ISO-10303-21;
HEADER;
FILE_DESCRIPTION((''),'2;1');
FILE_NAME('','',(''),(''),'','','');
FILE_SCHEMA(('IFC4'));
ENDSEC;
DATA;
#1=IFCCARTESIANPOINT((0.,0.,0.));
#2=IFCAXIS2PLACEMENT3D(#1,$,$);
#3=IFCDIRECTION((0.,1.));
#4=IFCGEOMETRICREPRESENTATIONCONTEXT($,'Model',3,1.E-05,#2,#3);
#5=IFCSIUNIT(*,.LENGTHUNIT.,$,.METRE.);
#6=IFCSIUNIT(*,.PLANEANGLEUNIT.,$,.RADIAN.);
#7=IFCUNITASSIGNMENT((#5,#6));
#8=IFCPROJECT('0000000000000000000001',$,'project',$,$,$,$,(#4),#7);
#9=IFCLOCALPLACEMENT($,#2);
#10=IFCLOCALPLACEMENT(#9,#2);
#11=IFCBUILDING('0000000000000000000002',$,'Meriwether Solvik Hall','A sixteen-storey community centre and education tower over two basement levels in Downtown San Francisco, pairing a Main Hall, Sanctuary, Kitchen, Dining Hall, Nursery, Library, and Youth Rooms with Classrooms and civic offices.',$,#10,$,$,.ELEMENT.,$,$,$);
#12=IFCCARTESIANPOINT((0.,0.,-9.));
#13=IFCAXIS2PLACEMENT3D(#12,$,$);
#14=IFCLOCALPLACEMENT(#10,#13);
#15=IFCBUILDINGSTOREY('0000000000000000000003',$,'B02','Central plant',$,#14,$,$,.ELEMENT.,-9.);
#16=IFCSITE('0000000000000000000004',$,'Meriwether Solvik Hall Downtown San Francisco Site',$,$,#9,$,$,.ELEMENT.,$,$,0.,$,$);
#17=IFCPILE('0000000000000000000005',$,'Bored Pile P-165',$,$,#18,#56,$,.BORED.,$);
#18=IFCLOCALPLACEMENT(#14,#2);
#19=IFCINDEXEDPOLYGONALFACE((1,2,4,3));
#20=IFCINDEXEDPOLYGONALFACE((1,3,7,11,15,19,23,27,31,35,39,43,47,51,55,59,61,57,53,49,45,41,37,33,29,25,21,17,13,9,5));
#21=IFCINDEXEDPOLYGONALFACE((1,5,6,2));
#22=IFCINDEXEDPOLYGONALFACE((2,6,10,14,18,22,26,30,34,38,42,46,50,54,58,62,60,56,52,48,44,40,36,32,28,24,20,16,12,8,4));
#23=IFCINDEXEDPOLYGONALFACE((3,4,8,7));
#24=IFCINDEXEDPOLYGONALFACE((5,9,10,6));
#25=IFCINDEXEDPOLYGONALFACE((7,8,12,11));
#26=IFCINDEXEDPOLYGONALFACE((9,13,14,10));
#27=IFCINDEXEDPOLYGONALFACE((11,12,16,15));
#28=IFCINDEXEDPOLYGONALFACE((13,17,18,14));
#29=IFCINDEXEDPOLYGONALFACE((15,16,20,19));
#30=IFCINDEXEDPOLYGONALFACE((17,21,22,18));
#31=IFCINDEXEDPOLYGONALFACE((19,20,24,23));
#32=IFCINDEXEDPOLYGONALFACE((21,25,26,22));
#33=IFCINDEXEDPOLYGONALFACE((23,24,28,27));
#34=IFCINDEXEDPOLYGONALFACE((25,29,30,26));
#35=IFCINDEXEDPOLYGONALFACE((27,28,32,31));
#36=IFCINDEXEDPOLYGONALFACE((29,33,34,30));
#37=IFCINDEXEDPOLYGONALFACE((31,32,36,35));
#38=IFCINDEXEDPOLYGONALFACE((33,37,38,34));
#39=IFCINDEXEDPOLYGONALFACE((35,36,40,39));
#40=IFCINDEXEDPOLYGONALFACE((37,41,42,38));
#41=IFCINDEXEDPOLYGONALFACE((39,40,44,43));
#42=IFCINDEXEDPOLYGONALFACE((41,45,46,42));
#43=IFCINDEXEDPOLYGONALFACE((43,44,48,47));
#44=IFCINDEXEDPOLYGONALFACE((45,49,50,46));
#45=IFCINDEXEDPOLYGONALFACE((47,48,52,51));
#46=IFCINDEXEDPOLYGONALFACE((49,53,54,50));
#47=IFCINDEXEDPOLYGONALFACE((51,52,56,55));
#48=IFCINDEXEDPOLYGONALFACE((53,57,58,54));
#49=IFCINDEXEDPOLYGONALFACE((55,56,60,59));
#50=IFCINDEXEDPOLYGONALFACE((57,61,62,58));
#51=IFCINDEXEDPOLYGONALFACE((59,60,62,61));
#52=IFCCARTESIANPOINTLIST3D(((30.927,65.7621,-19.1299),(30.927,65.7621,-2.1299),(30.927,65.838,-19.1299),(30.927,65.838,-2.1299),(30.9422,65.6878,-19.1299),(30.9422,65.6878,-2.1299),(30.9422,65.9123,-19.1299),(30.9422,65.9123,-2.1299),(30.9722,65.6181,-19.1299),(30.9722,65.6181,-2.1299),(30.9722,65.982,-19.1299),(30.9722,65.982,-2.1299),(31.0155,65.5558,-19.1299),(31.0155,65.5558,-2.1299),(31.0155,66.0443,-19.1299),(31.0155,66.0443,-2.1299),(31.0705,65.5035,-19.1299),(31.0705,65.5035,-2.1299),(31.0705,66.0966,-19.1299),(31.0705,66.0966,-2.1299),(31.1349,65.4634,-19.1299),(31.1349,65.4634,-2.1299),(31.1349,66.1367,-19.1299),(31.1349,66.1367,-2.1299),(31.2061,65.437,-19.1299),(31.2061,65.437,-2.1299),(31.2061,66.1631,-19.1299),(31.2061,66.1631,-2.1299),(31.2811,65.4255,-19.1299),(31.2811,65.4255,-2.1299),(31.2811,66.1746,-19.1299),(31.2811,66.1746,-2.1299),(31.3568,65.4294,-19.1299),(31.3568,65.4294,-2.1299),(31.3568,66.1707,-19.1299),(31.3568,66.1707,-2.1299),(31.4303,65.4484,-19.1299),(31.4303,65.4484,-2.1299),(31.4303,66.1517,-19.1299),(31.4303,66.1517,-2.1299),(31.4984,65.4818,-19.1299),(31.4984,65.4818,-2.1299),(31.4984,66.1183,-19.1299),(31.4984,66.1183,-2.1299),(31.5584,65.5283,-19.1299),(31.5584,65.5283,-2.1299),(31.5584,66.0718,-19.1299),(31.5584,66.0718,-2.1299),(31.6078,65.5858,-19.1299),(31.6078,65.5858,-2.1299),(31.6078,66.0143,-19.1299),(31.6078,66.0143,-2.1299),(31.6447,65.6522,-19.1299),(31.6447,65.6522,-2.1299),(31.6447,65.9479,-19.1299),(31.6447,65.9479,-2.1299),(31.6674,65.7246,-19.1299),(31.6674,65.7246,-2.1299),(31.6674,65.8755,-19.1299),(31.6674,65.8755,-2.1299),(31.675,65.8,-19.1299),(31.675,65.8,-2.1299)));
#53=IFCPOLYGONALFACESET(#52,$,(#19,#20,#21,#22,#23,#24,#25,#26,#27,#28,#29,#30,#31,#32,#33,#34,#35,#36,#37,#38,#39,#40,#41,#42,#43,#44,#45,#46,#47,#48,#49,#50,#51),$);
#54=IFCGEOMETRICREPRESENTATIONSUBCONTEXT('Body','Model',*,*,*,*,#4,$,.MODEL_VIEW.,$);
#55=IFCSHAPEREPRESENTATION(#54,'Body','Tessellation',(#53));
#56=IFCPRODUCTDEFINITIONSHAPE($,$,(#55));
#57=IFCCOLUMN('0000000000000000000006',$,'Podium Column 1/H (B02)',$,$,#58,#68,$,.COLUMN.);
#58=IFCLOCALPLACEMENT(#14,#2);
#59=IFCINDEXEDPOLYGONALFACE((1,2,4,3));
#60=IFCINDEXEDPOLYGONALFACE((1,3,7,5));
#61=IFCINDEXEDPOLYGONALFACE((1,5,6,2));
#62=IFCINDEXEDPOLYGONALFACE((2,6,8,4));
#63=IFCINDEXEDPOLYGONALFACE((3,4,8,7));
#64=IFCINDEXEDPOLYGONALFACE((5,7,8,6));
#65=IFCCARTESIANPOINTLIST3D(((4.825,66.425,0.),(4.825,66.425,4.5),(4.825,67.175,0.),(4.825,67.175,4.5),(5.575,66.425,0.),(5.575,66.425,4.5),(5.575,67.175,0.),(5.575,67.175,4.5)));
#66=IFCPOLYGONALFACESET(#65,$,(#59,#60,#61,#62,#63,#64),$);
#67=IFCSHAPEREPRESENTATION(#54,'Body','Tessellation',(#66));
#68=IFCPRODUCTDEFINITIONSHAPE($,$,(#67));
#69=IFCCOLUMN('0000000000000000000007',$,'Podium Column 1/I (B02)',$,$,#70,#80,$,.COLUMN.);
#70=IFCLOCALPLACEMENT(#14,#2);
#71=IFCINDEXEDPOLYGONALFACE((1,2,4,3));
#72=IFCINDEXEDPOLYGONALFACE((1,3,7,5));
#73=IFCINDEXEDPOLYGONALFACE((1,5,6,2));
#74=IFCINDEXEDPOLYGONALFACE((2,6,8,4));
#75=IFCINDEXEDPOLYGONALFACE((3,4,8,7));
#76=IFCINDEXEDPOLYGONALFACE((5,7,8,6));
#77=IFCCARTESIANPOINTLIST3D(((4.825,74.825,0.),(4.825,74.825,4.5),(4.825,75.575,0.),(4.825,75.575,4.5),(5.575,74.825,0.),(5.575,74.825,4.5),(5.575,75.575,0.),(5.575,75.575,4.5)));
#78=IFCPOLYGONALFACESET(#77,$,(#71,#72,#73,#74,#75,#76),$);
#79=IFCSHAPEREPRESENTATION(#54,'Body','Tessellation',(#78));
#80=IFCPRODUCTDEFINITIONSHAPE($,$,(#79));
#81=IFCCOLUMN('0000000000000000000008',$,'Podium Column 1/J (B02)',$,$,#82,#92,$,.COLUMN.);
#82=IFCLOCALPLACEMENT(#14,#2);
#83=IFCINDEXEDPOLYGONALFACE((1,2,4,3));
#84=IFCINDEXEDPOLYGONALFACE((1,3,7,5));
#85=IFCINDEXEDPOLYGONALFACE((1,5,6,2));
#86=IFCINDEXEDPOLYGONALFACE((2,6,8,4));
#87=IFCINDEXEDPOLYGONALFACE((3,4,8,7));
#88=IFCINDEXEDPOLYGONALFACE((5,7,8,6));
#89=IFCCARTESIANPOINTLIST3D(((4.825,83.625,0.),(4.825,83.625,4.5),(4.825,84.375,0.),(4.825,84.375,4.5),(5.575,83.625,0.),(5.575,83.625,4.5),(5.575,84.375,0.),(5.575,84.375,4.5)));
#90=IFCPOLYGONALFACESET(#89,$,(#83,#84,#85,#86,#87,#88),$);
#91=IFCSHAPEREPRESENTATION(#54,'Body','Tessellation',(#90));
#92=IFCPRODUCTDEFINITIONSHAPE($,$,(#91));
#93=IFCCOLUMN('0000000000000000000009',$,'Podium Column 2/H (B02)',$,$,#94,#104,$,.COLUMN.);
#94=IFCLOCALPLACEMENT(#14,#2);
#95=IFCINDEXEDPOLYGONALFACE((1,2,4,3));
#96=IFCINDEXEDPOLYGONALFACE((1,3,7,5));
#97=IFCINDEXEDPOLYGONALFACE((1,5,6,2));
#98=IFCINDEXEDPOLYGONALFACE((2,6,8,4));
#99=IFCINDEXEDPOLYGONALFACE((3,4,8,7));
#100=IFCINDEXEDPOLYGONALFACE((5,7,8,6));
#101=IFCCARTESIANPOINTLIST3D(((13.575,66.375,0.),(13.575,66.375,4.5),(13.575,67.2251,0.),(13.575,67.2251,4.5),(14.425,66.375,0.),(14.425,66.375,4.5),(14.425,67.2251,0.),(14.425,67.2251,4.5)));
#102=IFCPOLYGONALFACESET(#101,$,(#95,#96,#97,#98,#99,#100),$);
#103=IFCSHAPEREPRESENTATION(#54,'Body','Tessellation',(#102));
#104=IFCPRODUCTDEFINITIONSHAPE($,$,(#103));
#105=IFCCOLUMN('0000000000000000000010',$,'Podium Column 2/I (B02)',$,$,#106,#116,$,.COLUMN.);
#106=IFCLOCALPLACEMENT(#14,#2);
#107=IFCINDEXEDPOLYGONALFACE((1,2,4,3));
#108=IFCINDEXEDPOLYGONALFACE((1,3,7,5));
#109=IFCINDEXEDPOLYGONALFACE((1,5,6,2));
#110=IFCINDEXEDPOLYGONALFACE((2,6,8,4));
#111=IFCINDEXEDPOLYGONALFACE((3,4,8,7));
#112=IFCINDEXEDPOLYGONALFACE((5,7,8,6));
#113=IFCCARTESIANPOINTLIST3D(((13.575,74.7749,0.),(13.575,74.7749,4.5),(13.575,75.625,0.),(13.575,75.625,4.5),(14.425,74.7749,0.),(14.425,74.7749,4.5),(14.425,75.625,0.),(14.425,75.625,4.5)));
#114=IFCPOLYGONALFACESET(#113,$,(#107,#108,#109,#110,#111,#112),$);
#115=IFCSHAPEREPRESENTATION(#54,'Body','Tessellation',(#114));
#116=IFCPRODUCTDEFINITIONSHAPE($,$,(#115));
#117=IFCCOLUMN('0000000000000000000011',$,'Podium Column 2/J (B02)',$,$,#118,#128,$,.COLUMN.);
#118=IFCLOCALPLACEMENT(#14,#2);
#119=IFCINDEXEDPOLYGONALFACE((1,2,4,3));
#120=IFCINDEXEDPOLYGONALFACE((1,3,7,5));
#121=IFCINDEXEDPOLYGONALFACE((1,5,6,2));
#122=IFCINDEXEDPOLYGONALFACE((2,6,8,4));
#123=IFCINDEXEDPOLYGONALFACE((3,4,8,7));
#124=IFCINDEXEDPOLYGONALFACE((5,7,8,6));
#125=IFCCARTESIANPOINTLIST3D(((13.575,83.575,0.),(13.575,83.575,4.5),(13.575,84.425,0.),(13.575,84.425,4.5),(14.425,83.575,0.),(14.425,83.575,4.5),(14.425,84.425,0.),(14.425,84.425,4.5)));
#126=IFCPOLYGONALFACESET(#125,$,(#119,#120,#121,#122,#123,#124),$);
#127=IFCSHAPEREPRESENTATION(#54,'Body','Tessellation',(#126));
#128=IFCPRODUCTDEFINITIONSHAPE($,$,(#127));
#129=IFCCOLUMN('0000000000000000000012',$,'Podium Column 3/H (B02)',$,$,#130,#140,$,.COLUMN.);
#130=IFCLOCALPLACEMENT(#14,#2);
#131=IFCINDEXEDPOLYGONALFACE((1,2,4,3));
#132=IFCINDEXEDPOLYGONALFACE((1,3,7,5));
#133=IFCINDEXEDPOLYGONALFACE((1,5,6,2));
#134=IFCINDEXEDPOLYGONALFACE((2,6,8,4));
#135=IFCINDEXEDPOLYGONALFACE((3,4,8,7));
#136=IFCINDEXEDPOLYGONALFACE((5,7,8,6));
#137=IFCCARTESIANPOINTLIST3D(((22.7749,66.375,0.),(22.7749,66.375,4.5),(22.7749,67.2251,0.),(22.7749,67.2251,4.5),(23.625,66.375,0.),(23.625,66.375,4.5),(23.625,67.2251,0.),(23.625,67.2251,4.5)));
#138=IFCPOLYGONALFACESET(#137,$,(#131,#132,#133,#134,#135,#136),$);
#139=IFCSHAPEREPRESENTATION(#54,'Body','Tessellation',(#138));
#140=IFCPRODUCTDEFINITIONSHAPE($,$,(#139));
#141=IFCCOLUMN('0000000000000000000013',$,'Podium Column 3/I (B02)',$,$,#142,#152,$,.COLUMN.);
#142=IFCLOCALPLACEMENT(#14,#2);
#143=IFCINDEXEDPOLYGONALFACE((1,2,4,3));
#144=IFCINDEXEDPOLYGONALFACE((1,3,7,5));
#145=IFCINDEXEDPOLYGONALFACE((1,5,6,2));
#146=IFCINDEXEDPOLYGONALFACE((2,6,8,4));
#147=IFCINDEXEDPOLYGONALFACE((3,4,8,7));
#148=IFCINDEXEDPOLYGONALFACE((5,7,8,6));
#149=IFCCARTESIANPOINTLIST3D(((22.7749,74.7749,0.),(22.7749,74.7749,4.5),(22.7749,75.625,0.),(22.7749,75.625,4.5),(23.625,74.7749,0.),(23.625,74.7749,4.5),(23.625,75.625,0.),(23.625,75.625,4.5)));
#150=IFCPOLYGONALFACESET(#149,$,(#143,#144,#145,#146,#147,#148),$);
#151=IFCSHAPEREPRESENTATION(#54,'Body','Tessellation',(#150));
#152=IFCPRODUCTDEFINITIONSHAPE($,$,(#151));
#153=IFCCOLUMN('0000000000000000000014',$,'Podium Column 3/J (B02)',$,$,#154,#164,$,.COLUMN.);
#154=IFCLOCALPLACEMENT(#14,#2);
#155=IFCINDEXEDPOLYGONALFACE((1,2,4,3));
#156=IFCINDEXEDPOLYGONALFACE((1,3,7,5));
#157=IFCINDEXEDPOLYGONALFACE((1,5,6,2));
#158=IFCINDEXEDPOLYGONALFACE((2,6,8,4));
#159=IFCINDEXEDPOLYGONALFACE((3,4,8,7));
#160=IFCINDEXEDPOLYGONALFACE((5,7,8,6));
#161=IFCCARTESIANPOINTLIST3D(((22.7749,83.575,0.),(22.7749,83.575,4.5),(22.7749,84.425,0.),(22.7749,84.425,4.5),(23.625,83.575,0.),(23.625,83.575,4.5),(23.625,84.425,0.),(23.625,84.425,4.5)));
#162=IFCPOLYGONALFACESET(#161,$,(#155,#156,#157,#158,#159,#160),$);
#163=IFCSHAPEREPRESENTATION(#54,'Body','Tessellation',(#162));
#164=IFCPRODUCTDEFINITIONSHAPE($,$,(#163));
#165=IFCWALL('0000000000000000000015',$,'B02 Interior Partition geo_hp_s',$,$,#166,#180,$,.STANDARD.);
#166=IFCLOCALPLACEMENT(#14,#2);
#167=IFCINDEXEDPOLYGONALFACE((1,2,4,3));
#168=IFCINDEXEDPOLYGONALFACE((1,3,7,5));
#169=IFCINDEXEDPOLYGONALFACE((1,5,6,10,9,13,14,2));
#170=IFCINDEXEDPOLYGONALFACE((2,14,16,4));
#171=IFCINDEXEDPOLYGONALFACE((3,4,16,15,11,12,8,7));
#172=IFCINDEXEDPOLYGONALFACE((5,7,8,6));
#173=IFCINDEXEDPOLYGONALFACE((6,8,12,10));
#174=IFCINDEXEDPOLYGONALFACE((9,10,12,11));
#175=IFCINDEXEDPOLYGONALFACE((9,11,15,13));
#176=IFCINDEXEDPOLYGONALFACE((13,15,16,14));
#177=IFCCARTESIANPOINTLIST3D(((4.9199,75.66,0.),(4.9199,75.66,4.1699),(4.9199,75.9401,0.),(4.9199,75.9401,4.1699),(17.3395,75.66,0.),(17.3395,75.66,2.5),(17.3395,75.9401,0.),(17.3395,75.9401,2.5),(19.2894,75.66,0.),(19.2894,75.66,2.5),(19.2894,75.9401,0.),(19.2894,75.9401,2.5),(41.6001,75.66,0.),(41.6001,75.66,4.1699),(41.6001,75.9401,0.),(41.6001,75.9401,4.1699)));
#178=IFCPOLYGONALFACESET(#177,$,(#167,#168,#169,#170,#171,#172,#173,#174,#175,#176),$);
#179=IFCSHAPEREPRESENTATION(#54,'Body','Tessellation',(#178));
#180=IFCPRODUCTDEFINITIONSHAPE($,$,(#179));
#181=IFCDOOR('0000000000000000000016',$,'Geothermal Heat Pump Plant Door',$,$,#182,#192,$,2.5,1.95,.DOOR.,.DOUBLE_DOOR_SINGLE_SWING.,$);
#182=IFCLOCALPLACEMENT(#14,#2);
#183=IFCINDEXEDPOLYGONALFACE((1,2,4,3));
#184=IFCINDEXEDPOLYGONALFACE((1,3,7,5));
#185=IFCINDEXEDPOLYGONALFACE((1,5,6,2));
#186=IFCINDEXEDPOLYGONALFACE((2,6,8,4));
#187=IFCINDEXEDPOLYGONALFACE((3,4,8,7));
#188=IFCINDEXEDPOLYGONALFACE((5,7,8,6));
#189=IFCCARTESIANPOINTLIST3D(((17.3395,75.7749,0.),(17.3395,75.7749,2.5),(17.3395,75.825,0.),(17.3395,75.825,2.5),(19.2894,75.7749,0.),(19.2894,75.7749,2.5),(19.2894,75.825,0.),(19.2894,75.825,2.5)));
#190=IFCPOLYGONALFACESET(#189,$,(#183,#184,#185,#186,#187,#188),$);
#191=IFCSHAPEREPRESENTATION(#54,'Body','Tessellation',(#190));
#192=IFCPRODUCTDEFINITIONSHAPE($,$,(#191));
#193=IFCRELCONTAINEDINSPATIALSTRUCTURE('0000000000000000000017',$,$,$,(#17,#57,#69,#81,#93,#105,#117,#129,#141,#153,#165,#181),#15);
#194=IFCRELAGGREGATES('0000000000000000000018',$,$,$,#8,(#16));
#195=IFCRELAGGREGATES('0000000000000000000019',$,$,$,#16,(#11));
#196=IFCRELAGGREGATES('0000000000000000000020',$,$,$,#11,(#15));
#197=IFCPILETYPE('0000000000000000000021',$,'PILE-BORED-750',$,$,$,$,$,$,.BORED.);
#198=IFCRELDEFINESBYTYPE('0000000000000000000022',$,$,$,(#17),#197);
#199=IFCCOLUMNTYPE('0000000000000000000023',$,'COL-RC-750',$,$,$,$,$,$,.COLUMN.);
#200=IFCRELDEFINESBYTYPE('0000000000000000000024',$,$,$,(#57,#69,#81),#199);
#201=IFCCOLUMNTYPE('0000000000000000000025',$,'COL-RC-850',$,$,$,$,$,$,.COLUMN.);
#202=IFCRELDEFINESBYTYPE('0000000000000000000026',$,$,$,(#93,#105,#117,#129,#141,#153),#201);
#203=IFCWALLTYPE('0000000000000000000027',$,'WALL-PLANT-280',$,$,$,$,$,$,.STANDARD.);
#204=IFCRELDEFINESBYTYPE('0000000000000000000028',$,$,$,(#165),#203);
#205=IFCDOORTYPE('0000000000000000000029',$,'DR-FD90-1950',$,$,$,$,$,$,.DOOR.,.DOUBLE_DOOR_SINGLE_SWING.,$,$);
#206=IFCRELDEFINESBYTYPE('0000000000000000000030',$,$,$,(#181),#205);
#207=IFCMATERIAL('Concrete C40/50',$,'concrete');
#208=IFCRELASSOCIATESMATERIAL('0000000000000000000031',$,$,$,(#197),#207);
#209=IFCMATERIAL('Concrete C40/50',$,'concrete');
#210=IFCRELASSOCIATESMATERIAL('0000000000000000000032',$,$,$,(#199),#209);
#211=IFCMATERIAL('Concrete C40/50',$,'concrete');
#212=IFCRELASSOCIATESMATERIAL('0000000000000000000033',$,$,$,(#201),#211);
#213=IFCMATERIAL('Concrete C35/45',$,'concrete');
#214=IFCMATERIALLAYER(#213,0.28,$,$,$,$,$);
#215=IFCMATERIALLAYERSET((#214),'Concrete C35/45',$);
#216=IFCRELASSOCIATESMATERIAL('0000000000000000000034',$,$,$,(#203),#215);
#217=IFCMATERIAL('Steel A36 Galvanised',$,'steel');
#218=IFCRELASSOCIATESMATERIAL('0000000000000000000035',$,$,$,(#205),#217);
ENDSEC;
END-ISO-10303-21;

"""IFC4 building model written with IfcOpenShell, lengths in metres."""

from ifc_helpers import new_model, si_unit, direction, frame, frame_2d, origin, origin_2d, place, context, subcontext, project, spatial, rectangle, circle, extrude, material, layer, layer_set, material_profile, profile_set, type_object, element, fill, save


model = new_model("IFC4")

# Units and contexts
model_context = context("Model", 3, precision=1e-05, world=origin(), true_north=direction((0.0, 1.0)))
body_context = subcontext(model_context, "Body", "Model", "MODEL_VIEW")
ifc_project = project(units=[si_unit("LENGTHUNIT", "METRE"), si_unit("PLANEANGLEUNIT", "RADIAN")], contexts=[model_context])

# Site, building, storey
site_placement = place(None, origin())
site = spatial("IfcSite", under=ifc_project, at=site_placement, Name="Meriwether Solvik Hall Downtown San Francisco Site", CompositionType="ELEMENT", RefElevation=0.0)
building_placement = place(site_placement, origin())
building = spatial("IfcBuilding", under=site, at=building_placement, Name="Meriwether Solvik Hall", Description="A sixteen-storey community centre and education tower over two basement levels in Downtown San Francisco, pairing a Main Hall, Sanctuary, Kitchen, Dining Hall, Nursery, Library, and Youth Rooms with Classrooms and civic offices.", CompositionType="ELEMENT")
storey_placement = place(building_placement, frame((0.0, 0.0, -9.0)))
storey = spatial("IfcBuildingStorey", under=building, at=storey_placement, Name="B02", Description="Central plant", CompositionType="ELEMENT", Elevation=-9.0)

# Pile
ifc_material_1 = material(Name="Concrete C40/50", Category="concrete")
ifc_material_profile_1 = material_profile(ifc_material_1, circle(Radius=0.375, at=origin_2d()), Name="PILE-D750")
ifc_profile_set_1 = profile_set([ifc_material_profile_1], Name="Concrete C40/50")
pile_type_1 = type_object("IfcPileType", Name="PILE-BORED-750", PredefinedType="BORED", material=ifc_profile_set_1)
pile_placement = place(storey_placement, frame((31.3, 65.8, -2.1299), z_axis=(0.0, 0.0, -1.0), x_axis=(1.0, 0.0, 0.0)))
element("IfcPile", 1, at=pile_placement, inside=storey, type_object=pile_type_1, Name="Bored Pile P-165", PredefinedType="BORED", context=body_context, shape_type="SweptSolid", body=[
    extrude(circle(Radius=0.375, at=origin_2d()), origin(), (0.0, 0.0, 1.0), 17.0),
])

# Columns
ifc_material_2 = material(Name="Concrete C40/50", Category="concrete")
ifc_material_profile_2 = material_profile(ifc_material_2, rectangle(XDim=0.75, YDim=0.75, at=origin_2d()), Name="RCC-750X750")
ifc_profile_set_2 = profile_set([ifc_material_profile_2], Name="Concrete C40/50")
column_type_1 = type_object("IfcColumnType", Name="COL-RC-750", PredefinedType="COLUMN", material=ifc_profile_set_2)
for number, where, z_axis, x_axis, name in (
    (2, (5.2, 66.8, 0.0), (0.0, 0.0, 1.0), (1.0, 0.0, 0.0), "Podium Column 1/H (B02)"),
    (3, (5.2, 75.2, 0.0), (0.0, 0.0, 1.0), (1.0, 0.0, 0.0), "Podium Column 1/I (B02)"),
    (4, (5.2, 84.0, 0.0), (0.0, 0.0, 1.0), (1.0, 0.0, 0.0), "Podium Column 1/J (B02)"),
):
    element("IfcColumn", number, at=place(storey_placement, frame(where, z_axis=z_axis, x_axis=x_axis)), inside=storey, type_object=column_type_1, Name=name, PredefinedType="COLUMN", context=body_context, shape_type="SweptSolid", body=[
        extrude(rectangle(XDim=0.75, YDim=0.75, at=origin_2d()), origin(), (0.0, 0.0, 1.0), 4.5),
    ])
ifc_material_3 = material(Name="Concrete C40/50", Category="concrete")
ifc_material_profile_3 = material_profile(ifc_material_3, rectangle(XDim=0.8501, YDim=0.8501, at=origin_2d()), Name="RCC-850X850")
ifc_profile_set_3 = profile_set([ifc_material_profile_3], Name="Concrete C40/50")
column_type_2 = type_object("IfcColumnType", Name="COL-RC-850", PredefinedType="COLUMN", material=ifc_profile_set_3)
for number, where, z_axis, x_axis, name in (
    (5, (14.0, 66.8, 0.0), (0.0, 0.0, 1.0), (1.0, 0.0, 0.0), "Podium Column 2/H (B02)"),
    (6, (14.0, 75.2, 0.0), (0.0, 0.0, 1.0), (1.0, 0.0, 0.0), "Podium Column 2/I (B02)"),
    (7, (14.0, 84.0, 0.0), (0.0, 0.0, 1.0), (1.0, 0.0, 0.0), "Podium Column 2/J (B02)"),
    (8, (23.2, 66.8, 0.0), (0.0, 0.0, 1.0), (1.0, 0.0, 0.0), "Podium Column 3/H (B02)"),
    (9, (23.2, 75.2, 0.0), (0.0, 0.0, 1.0), (1.0, 0.0, 0.0), "Podium Column 3/I (B02)"),
    (10, (23.2, 84.0, 0.0), (0.0, 0.0, 1.0), (1.0, 0.0, 0.0), "Podium Column 3/J (B02)"),
):
    element("IfcColumn", number, at=place(storey_placement, frame(where, z_axis=z_axis, x_axis=x_axis)), inside=storey, type_object=column_type_2, Name=name, PredefinedType="COLUMN", context=body_context, shape_type="SweptSolid", body=[
        extrude(rectangle(XDim=0.8501, YDim=0.8501, at=origin_2d()), origin(), (0.0, 0.0, 1.0), 4.5),
    ])

# Wall, opening, door
ifc_material_4 = material(Name="Concrete C35/45", Category="concrete")
ifc_layer_1 = layer(ifc_material_4, 0.28)
ifc_layer_set_1 = layer_set([ifc_layer_1], Name="Concrete C35/45")
wall_type_1 = type_object("IfcWallType", Name="WALL-PLANT-280", PredefinedType="STANDARD", material=ifc_layer_set_1)
wall_1_placement = place(storey_placement, frame((4.9199, 75.8, 0.0), z_axis=(0.0, 0.0, 1.0), x_axis=(1.0, 0.0, 0.0)))
wall_1 = element("IfcWall", 11, at=wall_1_placement, inside=storey, type_object=wall_type_1, Name="B02 Interior Partition geo_hp_s", PredefinedType="STANDARD", context=body_context, shape_type="SweptSolid", body=[
    extrude(rectangle(XDim=36.6802, YDim=0.28, at=frame_2d((18.3401, 0.0))), origin(), (0.0, 0.0, 1.0), 4.1699),
])
opening_1_placement = place(wall_1_placement, frame((12.4194, 0.0, 0.0)))
opening_1 = element("IfcOpeningElement", 12, at=opening_1_placement, cuts=wall_1, PredefinedType="OPENING", context=body_context, shape_type="SweptSolid", body=[
    extrude(rectangle(XDim=1.95, YDim=2.5, at=frame_2d((0.9751, 1.25))), frame((0.0, 0.1519, 0.0), z_axis=(0.0, -1.0, 0.0), x_axis=(1.0, 0.0, 0.0)), (0.0, 0.0, 1.0), 0.304),
])
ifc_material_5 = material(Name="Steel A36 Galvanised", Category="steel")
door_type_1 = type_object("IfcDoorType", Name="DR-FD90-1950", OperationType="DOUBLE_DOOR_SINGLE_SWING", PredefinedType="DOOR", material=ifc_material_5)
door_1_placement = place(opening_1_placement, origin())
door_1 = element("IfcDoor", 13, at=door_1_placement, inside=storey, type_object=door_type_1, Name="Geothermal Heat Pump Plant Door", OperationType="DOUBLE_DOOR_SINGLE_SWING", OverallHeight=2.5, OverallWidth=1.95, PredefinedType="DOOR", context=body_context, shape_type="SweptSolid", body=[
    extrude(rectangle(XDim=1.95, YDim=2.5, at=frame_2d((0.9751, 1.25))), frame((0.0, 0.0249, 0.0), z_axis=(0.0, -1.0, 0.0), x_axis=(1.0, 0.0, 0.0)), (0.0, 0.0, 1.0), 0.05),
])
fill(opening_1, door_1)

save(model, "model.ifc")
